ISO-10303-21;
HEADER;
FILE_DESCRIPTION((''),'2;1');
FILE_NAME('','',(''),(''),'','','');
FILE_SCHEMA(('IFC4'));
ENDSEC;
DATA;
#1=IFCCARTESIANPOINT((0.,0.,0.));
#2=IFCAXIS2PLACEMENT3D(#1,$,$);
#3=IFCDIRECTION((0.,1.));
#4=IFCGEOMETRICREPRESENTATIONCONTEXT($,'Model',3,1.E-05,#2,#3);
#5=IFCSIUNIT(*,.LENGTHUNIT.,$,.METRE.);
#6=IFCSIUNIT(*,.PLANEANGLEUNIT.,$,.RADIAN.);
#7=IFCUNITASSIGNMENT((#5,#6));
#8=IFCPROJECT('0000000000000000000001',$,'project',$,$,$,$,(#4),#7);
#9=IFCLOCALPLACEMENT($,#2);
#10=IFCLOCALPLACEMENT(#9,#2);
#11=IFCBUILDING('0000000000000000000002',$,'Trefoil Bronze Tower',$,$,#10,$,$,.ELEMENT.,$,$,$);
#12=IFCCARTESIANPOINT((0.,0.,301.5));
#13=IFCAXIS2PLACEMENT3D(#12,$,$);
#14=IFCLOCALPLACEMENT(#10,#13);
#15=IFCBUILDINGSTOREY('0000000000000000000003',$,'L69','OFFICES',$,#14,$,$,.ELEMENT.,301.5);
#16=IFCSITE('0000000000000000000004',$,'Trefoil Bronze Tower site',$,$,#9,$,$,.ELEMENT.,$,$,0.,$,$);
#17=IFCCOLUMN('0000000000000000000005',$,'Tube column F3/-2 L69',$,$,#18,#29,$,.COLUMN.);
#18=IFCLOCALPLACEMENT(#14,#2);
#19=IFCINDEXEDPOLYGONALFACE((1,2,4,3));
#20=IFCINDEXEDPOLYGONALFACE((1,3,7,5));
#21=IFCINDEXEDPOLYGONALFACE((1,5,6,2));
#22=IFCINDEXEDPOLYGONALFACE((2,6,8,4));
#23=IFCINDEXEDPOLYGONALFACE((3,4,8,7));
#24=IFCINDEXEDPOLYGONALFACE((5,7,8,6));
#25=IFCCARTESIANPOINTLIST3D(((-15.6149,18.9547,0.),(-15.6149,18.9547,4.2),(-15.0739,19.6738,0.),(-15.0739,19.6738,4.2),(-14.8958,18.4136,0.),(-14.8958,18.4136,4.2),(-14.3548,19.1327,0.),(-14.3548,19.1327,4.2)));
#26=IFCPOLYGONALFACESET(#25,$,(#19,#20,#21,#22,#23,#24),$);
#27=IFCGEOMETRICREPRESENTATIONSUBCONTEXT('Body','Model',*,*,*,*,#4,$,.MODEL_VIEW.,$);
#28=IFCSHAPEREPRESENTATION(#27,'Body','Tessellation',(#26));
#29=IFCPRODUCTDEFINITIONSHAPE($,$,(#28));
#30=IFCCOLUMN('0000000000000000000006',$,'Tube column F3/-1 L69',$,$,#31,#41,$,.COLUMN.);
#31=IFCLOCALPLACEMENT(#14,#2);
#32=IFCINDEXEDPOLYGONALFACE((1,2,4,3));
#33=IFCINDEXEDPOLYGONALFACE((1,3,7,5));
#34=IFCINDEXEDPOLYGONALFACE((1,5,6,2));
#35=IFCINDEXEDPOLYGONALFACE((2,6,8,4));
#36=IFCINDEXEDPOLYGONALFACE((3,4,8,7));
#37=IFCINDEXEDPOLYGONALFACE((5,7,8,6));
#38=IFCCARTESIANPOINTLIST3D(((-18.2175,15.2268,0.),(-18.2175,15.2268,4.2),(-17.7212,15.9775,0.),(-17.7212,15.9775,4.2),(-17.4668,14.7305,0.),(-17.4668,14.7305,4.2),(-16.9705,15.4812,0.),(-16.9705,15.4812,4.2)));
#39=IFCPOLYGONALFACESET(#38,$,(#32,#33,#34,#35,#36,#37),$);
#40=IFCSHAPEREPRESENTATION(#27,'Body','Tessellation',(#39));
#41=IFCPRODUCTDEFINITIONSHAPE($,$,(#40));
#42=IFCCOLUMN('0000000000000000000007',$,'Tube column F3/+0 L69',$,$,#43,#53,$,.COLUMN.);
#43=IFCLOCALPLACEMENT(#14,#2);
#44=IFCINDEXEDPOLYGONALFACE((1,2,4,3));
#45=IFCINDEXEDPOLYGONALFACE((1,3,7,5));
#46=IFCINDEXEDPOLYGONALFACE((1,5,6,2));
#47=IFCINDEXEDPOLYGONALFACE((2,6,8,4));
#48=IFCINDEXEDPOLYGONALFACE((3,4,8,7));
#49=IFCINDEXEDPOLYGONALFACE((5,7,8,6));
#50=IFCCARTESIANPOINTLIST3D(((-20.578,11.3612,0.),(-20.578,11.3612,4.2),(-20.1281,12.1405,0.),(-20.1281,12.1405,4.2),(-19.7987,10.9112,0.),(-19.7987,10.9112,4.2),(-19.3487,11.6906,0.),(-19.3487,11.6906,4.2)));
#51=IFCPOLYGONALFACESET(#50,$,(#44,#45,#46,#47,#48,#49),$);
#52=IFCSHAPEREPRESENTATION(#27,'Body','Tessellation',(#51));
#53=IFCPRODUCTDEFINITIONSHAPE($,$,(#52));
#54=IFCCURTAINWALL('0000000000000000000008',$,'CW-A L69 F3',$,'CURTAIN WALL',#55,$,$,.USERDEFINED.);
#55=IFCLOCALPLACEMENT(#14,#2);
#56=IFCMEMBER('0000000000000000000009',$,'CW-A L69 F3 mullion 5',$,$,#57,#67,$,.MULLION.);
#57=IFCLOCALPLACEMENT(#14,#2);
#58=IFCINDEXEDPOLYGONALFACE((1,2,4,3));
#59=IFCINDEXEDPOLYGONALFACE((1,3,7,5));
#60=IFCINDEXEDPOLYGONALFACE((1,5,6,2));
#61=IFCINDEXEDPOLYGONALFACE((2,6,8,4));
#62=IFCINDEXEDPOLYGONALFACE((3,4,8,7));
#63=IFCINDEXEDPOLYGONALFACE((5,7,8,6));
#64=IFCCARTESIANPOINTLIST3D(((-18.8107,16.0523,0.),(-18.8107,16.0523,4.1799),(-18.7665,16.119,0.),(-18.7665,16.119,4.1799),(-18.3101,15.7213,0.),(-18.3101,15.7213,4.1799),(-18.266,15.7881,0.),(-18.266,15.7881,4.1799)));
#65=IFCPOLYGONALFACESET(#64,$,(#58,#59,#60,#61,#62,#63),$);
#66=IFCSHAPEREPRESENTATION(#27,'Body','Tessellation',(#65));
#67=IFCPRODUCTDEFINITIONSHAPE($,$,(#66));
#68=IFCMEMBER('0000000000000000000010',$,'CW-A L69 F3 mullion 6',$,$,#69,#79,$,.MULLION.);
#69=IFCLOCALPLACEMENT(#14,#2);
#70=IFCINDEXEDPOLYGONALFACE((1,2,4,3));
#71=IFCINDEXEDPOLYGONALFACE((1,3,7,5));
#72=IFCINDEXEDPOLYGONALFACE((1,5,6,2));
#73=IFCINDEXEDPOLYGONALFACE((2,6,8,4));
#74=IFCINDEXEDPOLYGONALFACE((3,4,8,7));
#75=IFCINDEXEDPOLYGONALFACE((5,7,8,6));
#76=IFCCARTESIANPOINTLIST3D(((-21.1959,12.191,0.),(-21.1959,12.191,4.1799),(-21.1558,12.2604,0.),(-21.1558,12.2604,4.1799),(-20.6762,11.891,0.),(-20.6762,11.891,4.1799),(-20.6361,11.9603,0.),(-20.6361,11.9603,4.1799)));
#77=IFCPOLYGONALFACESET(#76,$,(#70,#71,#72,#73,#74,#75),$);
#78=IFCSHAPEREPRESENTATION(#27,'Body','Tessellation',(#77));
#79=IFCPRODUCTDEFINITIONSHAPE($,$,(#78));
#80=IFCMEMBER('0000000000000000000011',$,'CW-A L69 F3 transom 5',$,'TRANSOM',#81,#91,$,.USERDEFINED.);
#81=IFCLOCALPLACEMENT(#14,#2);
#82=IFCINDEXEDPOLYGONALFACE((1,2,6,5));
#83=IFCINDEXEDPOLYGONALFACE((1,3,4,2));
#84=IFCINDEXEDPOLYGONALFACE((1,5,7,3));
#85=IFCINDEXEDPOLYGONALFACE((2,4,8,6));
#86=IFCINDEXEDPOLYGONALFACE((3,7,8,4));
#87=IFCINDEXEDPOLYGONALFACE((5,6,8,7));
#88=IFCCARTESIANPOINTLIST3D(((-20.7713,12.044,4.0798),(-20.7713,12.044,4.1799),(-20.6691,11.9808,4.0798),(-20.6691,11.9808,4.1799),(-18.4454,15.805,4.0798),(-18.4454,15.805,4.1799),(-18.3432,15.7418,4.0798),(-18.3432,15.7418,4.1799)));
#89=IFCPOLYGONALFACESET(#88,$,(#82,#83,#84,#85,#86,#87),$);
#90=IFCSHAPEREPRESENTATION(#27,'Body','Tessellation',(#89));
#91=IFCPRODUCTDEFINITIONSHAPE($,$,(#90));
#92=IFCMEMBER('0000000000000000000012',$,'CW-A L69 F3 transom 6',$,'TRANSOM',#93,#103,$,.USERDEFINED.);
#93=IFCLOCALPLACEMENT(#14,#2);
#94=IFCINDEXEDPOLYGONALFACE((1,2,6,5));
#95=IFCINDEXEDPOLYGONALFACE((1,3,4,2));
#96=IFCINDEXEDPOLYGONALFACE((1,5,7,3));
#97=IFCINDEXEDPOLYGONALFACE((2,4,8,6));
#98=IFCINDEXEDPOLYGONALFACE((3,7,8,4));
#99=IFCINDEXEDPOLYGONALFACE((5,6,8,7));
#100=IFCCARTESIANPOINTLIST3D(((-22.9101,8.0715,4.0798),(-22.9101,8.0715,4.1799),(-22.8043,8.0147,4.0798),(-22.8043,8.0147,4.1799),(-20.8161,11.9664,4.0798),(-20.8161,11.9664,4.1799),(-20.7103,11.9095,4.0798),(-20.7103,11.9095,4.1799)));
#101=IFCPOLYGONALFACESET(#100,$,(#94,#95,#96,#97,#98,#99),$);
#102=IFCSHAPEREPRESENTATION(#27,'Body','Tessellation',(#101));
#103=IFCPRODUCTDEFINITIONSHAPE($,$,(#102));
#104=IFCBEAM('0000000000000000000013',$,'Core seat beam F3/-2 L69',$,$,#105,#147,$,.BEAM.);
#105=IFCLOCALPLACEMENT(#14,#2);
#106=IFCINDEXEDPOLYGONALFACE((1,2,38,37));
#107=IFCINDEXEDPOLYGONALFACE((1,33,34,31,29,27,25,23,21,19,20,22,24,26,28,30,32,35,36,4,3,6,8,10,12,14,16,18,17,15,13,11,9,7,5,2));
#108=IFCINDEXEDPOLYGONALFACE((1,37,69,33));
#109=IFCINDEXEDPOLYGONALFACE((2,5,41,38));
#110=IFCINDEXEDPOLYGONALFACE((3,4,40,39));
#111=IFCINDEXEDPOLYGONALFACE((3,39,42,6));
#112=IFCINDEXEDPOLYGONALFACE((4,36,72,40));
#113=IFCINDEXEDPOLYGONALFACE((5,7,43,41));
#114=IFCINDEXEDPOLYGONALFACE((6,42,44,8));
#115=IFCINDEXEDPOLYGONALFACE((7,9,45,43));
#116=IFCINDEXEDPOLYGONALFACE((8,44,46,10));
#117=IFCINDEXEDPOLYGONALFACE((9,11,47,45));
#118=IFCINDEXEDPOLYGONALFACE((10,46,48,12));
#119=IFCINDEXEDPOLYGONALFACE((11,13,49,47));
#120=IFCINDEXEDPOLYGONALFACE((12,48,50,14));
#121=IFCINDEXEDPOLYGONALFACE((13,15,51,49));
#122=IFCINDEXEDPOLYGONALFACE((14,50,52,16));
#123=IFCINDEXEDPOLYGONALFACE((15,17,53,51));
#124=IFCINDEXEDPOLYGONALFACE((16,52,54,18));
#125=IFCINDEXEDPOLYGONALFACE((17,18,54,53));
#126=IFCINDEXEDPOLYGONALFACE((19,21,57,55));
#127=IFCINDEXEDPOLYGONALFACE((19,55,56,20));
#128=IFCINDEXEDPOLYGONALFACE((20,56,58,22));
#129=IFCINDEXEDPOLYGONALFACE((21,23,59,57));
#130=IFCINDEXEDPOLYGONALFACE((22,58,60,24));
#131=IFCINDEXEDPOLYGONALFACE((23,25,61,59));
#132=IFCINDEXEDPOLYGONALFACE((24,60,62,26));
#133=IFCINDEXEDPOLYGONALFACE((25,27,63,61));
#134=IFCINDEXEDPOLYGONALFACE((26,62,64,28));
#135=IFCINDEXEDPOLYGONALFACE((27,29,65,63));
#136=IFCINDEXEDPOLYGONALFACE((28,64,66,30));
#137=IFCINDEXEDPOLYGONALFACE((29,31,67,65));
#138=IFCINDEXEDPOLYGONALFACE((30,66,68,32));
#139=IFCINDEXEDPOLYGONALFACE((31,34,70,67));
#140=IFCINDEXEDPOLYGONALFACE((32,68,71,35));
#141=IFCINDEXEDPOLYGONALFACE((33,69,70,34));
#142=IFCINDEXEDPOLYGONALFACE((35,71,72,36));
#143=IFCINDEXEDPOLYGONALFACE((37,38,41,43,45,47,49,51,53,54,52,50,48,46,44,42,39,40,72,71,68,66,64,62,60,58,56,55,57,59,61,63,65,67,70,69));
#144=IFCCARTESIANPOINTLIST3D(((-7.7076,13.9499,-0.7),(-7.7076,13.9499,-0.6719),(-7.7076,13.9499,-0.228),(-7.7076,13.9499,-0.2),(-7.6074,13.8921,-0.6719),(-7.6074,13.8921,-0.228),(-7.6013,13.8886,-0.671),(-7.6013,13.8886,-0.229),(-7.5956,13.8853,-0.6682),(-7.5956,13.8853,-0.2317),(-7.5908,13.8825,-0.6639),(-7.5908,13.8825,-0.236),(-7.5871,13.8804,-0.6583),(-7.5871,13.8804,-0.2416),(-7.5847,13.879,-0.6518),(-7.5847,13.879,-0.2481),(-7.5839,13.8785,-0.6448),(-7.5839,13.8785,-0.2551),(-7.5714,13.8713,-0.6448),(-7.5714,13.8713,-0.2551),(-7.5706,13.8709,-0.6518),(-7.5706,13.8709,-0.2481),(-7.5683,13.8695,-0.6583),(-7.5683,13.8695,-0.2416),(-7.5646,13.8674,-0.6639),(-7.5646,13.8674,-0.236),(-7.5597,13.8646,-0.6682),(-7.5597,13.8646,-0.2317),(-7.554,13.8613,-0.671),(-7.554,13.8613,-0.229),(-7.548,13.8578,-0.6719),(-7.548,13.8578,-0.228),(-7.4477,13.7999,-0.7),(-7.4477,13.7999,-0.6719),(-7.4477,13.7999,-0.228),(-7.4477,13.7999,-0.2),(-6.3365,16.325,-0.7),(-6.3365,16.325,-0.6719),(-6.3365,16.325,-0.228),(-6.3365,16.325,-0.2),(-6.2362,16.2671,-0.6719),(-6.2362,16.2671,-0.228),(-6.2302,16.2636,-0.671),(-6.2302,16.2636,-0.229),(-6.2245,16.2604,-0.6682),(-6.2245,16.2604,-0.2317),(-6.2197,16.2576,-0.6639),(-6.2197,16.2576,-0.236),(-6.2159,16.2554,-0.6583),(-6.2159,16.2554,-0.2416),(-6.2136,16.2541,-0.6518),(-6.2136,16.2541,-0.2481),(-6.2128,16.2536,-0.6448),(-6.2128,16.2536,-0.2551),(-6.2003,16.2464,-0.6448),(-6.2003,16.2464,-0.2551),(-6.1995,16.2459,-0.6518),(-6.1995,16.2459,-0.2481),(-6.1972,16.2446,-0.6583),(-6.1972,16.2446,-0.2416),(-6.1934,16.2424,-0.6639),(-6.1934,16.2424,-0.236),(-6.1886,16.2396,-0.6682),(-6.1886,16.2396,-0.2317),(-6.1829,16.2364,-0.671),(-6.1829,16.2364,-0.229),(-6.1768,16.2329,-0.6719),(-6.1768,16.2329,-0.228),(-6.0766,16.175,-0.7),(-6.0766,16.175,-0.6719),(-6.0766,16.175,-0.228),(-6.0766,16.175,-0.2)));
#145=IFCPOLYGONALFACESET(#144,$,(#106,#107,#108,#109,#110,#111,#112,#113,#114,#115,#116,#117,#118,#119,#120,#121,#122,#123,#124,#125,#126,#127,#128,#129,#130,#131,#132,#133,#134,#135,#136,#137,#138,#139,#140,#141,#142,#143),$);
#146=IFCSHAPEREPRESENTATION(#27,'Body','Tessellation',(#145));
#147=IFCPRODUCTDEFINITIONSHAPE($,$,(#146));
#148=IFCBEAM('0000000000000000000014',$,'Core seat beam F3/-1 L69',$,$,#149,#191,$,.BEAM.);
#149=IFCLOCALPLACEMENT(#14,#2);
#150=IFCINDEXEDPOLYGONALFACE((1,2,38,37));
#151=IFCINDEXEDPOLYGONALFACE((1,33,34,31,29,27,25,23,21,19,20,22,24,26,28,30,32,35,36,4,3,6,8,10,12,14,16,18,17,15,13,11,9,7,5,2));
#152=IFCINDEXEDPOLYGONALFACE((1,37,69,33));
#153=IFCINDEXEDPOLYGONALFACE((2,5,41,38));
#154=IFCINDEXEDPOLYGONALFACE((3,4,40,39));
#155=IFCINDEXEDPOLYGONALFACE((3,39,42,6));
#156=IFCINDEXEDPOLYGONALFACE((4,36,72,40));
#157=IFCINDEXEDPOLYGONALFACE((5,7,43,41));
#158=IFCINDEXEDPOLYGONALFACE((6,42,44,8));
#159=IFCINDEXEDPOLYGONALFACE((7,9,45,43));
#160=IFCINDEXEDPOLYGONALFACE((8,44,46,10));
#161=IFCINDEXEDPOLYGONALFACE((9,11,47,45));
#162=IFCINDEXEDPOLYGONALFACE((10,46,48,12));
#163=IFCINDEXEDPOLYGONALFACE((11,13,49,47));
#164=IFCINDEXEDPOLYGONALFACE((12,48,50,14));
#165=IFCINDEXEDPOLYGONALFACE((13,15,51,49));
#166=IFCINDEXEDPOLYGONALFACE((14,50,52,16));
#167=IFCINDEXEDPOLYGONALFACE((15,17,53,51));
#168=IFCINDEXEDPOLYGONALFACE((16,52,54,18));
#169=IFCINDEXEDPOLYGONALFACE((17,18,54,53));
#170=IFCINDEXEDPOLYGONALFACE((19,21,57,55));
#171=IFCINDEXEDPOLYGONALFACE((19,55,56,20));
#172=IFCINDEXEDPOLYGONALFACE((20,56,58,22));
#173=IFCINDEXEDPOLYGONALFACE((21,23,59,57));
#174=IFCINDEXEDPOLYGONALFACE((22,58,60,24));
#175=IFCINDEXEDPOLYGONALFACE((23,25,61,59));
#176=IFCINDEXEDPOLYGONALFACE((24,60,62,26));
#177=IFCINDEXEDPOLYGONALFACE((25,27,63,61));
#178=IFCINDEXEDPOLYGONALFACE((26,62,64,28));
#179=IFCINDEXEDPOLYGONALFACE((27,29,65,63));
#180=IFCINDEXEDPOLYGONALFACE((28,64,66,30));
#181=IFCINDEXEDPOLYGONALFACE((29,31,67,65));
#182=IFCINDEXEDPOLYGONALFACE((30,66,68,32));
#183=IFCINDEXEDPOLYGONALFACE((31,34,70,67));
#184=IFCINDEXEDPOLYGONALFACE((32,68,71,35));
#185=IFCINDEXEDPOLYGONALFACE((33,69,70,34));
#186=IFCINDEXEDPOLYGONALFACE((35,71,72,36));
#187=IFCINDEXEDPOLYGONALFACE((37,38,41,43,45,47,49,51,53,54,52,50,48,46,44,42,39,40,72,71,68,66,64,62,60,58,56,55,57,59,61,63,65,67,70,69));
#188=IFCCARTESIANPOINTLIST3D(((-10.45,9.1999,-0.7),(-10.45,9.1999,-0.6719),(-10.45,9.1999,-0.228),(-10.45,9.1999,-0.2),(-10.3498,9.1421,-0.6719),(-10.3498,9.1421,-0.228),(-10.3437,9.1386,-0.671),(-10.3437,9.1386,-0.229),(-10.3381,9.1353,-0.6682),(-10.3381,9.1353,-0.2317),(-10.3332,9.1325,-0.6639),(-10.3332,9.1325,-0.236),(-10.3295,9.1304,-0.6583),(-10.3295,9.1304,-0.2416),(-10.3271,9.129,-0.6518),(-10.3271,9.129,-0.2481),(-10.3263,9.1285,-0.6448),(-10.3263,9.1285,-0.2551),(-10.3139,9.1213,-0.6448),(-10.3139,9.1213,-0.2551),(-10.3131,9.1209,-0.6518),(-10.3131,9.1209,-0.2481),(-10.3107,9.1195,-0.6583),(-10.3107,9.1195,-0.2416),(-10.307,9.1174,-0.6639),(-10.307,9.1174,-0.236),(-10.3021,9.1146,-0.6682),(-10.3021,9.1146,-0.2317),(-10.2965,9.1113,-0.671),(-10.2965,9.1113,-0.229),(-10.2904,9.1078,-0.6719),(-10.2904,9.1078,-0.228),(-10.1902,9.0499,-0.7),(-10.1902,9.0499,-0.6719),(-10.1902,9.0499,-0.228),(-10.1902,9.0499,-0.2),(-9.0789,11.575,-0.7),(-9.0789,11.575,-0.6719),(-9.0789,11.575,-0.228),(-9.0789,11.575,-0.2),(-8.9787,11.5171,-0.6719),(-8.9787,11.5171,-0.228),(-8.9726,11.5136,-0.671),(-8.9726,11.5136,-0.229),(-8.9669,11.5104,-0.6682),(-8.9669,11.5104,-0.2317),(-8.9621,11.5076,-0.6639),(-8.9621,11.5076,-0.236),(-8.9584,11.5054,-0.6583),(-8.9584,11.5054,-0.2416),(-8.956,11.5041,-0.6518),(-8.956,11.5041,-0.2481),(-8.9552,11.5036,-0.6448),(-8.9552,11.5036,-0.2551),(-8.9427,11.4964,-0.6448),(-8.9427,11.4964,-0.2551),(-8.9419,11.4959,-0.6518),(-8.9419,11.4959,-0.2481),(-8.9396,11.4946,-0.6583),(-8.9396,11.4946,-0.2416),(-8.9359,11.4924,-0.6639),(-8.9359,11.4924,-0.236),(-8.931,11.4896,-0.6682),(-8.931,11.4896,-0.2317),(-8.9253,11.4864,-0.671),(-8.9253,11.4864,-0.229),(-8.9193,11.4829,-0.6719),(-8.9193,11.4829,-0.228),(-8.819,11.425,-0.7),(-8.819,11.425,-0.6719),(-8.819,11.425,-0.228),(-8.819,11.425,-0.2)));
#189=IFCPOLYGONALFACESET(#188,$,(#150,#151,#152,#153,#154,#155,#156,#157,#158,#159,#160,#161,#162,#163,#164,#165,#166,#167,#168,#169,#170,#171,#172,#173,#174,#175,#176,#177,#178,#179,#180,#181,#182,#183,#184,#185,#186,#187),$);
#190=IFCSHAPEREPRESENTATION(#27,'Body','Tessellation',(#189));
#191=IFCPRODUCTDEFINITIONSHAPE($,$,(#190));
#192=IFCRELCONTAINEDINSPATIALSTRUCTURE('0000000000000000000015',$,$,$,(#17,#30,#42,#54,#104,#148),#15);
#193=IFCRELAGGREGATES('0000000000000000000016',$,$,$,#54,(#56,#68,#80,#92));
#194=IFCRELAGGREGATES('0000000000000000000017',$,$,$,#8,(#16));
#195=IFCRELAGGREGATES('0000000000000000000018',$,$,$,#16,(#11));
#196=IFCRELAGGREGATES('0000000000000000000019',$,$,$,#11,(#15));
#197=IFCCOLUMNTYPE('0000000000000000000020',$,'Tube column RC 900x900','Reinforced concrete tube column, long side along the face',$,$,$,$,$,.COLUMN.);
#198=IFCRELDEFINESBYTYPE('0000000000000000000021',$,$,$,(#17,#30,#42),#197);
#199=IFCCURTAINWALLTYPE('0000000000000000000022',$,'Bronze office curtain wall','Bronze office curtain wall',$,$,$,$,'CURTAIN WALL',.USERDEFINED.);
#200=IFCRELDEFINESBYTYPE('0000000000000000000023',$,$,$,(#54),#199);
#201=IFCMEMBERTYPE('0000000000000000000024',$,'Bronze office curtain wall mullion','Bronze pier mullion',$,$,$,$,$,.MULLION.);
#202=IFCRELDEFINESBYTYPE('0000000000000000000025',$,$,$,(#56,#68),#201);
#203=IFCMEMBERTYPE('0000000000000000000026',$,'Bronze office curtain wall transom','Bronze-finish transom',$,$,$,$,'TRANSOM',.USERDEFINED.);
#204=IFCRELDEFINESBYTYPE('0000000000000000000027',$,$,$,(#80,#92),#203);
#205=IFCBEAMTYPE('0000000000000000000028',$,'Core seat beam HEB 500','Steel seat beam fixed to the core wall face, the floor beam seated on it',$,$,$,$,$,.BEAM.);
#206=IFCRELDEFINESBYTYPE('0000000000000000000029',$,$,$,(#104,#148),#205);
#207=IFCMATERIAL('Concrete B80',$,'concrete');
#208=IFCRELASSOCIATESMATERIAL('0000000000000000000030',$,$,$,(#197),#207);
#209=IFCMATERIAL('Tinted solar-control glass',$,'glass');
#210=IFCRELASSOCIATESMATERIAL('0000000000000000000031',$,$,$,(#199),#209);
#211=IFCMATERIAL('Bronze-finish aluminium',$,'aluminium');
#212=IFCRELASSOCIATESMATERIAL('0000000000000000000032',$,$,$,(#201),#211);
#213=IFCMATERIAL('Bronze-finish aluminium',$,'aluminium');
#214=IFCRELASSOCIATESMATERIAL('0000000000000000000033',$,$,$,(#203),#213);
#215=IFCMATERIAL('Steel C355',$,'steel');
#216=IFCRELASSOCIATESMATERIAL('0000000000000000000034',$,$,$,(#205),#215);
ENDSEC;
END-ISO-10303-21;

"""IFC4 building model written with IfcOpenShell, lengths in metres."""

from ifc_helpers import new_model, si_unit, direction, frame, origin, origin_2d, place, context, subcontext, project, spatial, rectangle, i_section, extrude, material, material_profile, profile_set, type_object, element, aggregate, save


model = new_model("IFC4")

# Units and contexts
model_context = context("Model", 3, precision=1e-05, world=origin(), true_north=direction((0.0, 1.0)))
body_context = subcontext(model_context, "Body", "Model", "MODEL_VIEW")
ifc_project = project(units=[si_unit("LENGTHUNIT", "METRE"), si_unit("PLANEANGLEUNIT", "RADIAN")], contexts=[model_context])

# Site, building, storey
site_placement = place(None, origin())
site = spatial("IfcSite", under=ifc_project, at=site_placement, Name="Trefoil Bronze Tower site", CompositionType="ELEMENT", RefElevation=0.0)
building_placement = place(site_placement, origin())
building = spatial("IfcBuilding", under=site, at=building_placement, Name="Trefoil Bronze Tower", CompositionType="ELEMENT")
storey_placement = place(building_placement, frame((0.0, 0.0, 301.5)))
storey = spatial("IfcBuildingStorey", under=building, at=storey_placement, Name="L69", Description="OFFICES", CompositionType="ELEMENT", Elevation=301.5)

# Columns
ifc_material_1 = material(Name="Concrete B80", Category="concrete")
ifc_material_profile_1 = material_profile(ifc_material_1, rectangle(XDim=0.8999, YDim=0.8999, at=origin_2d()), Name="RC 900x900")
ifc_profile_set_1 = profile_set([ifc_material_profile_1], Name="Concrete B80")
column_type = type_object("IfcColumnType", Name="Tube column RC 900x900", Description="Reinforced concrete tube column, long side along the face", PredefinedType="COLUMN", material=ifc_profile_set_1)
for number, where, z_axis, x_axis, name in (
    (1, (-14.9849, 19.0437, 0.0), (0.0, 0.0, 1.0), (-0.601203, -0.799096, 0.0), "Tube column F3/-2 L69"),
    (2, (-17.594, 15.354, 0.0), (0.0, 0.0, 1.0), (-0.551524, -0.834159, 0.0), "Tube column F3/-1 L69"),
    (3, (-19.9634, 11.5259, 0.0), (0.0, 0.0, 1.0), (-0.5, -0.866025, 0.0), "Tube column F3/+0 L69"),
):
    element("IfcColumn", number, at=place(storey_placement, frame(where, z_axis=z_axis, x_axis=x_axis)), inside=storey, type_object=column_type, Name=name, PredefinedType="COLUMN", context=body_context, shape_type="SweptSolid", body=[
        extrude(rectangle(XDim=0.8999, YDim=0.8999, at=origin_2d()), origin(), (0.0, 0.0, 1.0), 4.2),
    ])

# Curtain wall, members
ifc_material_2 = material(Name="Tinted solar-control glass", Category="glass")
curtain_wall_type = type_object("IfcCurtainWallType", Name="Bronze office curtain wall", Description="Bronze office curtain wall", ElementType="CURTAIN WALL", PredefinedType="USERDEFINED", material=ifc_material_2)
curtain_wall_placement = place(storey_placement, origin())
curtain_wall = element("IfcCurtainWall", 4, at=curtain_wall_placement, inside=storey, type_object=curtain_wall_type, Name="CW-A L69 F3", ObjectType="CURTAIN WALL", PredefinedType="USERDEFINED")
ifc_material_3 = material(Name="Bronze-finish aluminium", Category="aluminium")
ifc_material_profile_2 = material_profile(ifc_material_3, rectangle(XDim=0.6001, YDim=0.0801, at=origin_2d()), Name="CW-A mullion")
ifc_profile_set_2 = profile_set([ifc_material_profile_2], Name="Bronze-finish aluminium")
member_type_1 = type_object("IfcMemberType", Name="Bronze office curtain wall mullion", Description="Bronze pier mullion", PredefinedType="MULLION", material=ifc_profile_set_2)
member_1_placement = place(storey_placement, frame((-18.5383, 15.9202, 0.0), z_axis=(0.0, 0.0, 1.0), x_axis=(0.834159, -0.551524, 0.0)))
member_1 = element("IfcMember", 5, at=member_1_placement, type_object=member_type_1, Name="CW-A L69 F3 mullion 5", PredefinedType="MULLION", context=body_context, shape_type="SweptSolid", body=[
    extrude(rectangle(XDim=0.6001, YDim=0.0801, at=origin_2d()), origin(), (0.0, 0.0, 1.0), 4.1799),
])
member_2_placement = place(storey_placement, frame((-20.916, 12.0757, 0.0), z_axis=(0.0, 0.0, 1.0), x_axis=(0.866025, -0.5, 0.0)))
member_2 = element("IfcMember", 6, at=member_2_placement, type_object=member_type_1, Name="CW-A L69 F3 mullion 6", PredefinedType="MULLION", context=body_context, shape_type="SweptSolid", body=[
    extrude(rectangle(XDim=0.6001, YDim=0.0801, at=origin_2d()), origin(), (0.0, 0.0, 1.0), 4.1799),
])
ifc_material_4 = material(Name="Bronze-finish aluminium", Category="aluminium")
ifc_material_profile_3 = material_profile(ifc_material_4, rectangle(XDim=0.1201, YDim=0.1001, at=origin_2d()), Name="CW-A transom")
ifc_profile_set_3 = profile_set([ifc_material_profile_3], Name="Bronze-finish aluminium")
member_type_2 = type_object("IfcMemberType", Name="Bronze office curtain wall transom", Description="Bronze-finish transom", ElementType="TRANSOM", PredefinedType="USERDEFINED", material=ifc_profile_set_3)
member_3_placement = place(storey_placement, frame((-18.3943, 15.7734, 4.1299), z_axis=(-0.525978, -0.850498, 0.0), x_axis=(0.850498, -0.525978, 0.0)))
member_3 = element("IfcMember", 7, at=member_3_placement, type_object=member_type_2, Name="CW-A L69 F3 transom 5", ObjectType="TRANSOM", PredefinedType="USERDEFINED", context=body_context, shape_type="SweptSolid", body=[
    extrude(rectangle(XDim=0.1201, YDim=0.1001, at=origin_2d()), origin(), (0.0, 0.0, 1.0), 4.4221),
])
member_4_placement = place(storey_placement, frame((-20.7632, 11.938, 4.1299), z_axis=(-0.47354, -0.880772, 0.0), x_axis=(0.880772, -0.47354, 0.0)))
member_4 = element("IfcMember", 8, at=member_4_placement, type_object=member_type_2, Name="CW-A L69 F3 transom 6", ObjectType="TRANSOM", PredefinedType="USERDEFINED", context=body_context, shape_type="SweptSolid", body=[
    extrude(rectangle(XDim=0.1201, YDim=0.1001, at=origin_2d()), origin(), (0.0, 0.0, 1.0), 4.4221),
])

# Beams
ifc_material_5 = material(Name="Steel C355", Category="steel")
ifc_material_profile_4 = material_profile(ifc_material_5, i_section(OverallWidth=0.3, OverallDepth=0.5, WebThickness=0.0144, FlangeThickness=0.0281, FilletRadius=0.0271, at=origin_2d()), Name="HEB 500")
ifc_profile_set_4 = profile_set([ifc_material_profile_4], Name="Steel C355")
beam_type_1 = type_object("IfcBeamType", Name="Core seat beam HEB 500", Description="Steel seat beam fixed to the core wall face, the floor beam seated on it", PredefinedType="BEAM", material=ifc_profile_set_4)
for number, where, z_axis, x_axis, name in (
    (9, (-6.2065, 16.25, -0.45), (-0.499969, -0.866043, 0.0), (0.866043, -0.499969, 0.0), "Core seat beam F3/-2 L69"),
    (10, (-8.949, 11.5, -0.45), (-0.499969, -0.866043, 0.0), (0.866043, -0.499969, 0.0), "Core seat beam F3/-1 L69"),
):
    element("IfcBeam", number, at=place(storey_placement, frame(where, z_axis=z_axis, x_axis=x_axis)), inside=storey, type_object=beam_type_1, Name=name, PredefinedType="BEAM", context=body_context, shape_type="SweptSolid", body=[
        extrude(i_section(OverallWidth=0.3, OverallDepth=0.5, WebThickness=0.0144, FlangeThickness=0.0281, FilletRadius=0.0271, at=origin_2d()), origin(), (0.0, 0.0, 1.0), 2.7424),
    ])

aggregate(curtain_wall, [member_1, member_2, member_3, member_4])

save(model, "model.ifc")
